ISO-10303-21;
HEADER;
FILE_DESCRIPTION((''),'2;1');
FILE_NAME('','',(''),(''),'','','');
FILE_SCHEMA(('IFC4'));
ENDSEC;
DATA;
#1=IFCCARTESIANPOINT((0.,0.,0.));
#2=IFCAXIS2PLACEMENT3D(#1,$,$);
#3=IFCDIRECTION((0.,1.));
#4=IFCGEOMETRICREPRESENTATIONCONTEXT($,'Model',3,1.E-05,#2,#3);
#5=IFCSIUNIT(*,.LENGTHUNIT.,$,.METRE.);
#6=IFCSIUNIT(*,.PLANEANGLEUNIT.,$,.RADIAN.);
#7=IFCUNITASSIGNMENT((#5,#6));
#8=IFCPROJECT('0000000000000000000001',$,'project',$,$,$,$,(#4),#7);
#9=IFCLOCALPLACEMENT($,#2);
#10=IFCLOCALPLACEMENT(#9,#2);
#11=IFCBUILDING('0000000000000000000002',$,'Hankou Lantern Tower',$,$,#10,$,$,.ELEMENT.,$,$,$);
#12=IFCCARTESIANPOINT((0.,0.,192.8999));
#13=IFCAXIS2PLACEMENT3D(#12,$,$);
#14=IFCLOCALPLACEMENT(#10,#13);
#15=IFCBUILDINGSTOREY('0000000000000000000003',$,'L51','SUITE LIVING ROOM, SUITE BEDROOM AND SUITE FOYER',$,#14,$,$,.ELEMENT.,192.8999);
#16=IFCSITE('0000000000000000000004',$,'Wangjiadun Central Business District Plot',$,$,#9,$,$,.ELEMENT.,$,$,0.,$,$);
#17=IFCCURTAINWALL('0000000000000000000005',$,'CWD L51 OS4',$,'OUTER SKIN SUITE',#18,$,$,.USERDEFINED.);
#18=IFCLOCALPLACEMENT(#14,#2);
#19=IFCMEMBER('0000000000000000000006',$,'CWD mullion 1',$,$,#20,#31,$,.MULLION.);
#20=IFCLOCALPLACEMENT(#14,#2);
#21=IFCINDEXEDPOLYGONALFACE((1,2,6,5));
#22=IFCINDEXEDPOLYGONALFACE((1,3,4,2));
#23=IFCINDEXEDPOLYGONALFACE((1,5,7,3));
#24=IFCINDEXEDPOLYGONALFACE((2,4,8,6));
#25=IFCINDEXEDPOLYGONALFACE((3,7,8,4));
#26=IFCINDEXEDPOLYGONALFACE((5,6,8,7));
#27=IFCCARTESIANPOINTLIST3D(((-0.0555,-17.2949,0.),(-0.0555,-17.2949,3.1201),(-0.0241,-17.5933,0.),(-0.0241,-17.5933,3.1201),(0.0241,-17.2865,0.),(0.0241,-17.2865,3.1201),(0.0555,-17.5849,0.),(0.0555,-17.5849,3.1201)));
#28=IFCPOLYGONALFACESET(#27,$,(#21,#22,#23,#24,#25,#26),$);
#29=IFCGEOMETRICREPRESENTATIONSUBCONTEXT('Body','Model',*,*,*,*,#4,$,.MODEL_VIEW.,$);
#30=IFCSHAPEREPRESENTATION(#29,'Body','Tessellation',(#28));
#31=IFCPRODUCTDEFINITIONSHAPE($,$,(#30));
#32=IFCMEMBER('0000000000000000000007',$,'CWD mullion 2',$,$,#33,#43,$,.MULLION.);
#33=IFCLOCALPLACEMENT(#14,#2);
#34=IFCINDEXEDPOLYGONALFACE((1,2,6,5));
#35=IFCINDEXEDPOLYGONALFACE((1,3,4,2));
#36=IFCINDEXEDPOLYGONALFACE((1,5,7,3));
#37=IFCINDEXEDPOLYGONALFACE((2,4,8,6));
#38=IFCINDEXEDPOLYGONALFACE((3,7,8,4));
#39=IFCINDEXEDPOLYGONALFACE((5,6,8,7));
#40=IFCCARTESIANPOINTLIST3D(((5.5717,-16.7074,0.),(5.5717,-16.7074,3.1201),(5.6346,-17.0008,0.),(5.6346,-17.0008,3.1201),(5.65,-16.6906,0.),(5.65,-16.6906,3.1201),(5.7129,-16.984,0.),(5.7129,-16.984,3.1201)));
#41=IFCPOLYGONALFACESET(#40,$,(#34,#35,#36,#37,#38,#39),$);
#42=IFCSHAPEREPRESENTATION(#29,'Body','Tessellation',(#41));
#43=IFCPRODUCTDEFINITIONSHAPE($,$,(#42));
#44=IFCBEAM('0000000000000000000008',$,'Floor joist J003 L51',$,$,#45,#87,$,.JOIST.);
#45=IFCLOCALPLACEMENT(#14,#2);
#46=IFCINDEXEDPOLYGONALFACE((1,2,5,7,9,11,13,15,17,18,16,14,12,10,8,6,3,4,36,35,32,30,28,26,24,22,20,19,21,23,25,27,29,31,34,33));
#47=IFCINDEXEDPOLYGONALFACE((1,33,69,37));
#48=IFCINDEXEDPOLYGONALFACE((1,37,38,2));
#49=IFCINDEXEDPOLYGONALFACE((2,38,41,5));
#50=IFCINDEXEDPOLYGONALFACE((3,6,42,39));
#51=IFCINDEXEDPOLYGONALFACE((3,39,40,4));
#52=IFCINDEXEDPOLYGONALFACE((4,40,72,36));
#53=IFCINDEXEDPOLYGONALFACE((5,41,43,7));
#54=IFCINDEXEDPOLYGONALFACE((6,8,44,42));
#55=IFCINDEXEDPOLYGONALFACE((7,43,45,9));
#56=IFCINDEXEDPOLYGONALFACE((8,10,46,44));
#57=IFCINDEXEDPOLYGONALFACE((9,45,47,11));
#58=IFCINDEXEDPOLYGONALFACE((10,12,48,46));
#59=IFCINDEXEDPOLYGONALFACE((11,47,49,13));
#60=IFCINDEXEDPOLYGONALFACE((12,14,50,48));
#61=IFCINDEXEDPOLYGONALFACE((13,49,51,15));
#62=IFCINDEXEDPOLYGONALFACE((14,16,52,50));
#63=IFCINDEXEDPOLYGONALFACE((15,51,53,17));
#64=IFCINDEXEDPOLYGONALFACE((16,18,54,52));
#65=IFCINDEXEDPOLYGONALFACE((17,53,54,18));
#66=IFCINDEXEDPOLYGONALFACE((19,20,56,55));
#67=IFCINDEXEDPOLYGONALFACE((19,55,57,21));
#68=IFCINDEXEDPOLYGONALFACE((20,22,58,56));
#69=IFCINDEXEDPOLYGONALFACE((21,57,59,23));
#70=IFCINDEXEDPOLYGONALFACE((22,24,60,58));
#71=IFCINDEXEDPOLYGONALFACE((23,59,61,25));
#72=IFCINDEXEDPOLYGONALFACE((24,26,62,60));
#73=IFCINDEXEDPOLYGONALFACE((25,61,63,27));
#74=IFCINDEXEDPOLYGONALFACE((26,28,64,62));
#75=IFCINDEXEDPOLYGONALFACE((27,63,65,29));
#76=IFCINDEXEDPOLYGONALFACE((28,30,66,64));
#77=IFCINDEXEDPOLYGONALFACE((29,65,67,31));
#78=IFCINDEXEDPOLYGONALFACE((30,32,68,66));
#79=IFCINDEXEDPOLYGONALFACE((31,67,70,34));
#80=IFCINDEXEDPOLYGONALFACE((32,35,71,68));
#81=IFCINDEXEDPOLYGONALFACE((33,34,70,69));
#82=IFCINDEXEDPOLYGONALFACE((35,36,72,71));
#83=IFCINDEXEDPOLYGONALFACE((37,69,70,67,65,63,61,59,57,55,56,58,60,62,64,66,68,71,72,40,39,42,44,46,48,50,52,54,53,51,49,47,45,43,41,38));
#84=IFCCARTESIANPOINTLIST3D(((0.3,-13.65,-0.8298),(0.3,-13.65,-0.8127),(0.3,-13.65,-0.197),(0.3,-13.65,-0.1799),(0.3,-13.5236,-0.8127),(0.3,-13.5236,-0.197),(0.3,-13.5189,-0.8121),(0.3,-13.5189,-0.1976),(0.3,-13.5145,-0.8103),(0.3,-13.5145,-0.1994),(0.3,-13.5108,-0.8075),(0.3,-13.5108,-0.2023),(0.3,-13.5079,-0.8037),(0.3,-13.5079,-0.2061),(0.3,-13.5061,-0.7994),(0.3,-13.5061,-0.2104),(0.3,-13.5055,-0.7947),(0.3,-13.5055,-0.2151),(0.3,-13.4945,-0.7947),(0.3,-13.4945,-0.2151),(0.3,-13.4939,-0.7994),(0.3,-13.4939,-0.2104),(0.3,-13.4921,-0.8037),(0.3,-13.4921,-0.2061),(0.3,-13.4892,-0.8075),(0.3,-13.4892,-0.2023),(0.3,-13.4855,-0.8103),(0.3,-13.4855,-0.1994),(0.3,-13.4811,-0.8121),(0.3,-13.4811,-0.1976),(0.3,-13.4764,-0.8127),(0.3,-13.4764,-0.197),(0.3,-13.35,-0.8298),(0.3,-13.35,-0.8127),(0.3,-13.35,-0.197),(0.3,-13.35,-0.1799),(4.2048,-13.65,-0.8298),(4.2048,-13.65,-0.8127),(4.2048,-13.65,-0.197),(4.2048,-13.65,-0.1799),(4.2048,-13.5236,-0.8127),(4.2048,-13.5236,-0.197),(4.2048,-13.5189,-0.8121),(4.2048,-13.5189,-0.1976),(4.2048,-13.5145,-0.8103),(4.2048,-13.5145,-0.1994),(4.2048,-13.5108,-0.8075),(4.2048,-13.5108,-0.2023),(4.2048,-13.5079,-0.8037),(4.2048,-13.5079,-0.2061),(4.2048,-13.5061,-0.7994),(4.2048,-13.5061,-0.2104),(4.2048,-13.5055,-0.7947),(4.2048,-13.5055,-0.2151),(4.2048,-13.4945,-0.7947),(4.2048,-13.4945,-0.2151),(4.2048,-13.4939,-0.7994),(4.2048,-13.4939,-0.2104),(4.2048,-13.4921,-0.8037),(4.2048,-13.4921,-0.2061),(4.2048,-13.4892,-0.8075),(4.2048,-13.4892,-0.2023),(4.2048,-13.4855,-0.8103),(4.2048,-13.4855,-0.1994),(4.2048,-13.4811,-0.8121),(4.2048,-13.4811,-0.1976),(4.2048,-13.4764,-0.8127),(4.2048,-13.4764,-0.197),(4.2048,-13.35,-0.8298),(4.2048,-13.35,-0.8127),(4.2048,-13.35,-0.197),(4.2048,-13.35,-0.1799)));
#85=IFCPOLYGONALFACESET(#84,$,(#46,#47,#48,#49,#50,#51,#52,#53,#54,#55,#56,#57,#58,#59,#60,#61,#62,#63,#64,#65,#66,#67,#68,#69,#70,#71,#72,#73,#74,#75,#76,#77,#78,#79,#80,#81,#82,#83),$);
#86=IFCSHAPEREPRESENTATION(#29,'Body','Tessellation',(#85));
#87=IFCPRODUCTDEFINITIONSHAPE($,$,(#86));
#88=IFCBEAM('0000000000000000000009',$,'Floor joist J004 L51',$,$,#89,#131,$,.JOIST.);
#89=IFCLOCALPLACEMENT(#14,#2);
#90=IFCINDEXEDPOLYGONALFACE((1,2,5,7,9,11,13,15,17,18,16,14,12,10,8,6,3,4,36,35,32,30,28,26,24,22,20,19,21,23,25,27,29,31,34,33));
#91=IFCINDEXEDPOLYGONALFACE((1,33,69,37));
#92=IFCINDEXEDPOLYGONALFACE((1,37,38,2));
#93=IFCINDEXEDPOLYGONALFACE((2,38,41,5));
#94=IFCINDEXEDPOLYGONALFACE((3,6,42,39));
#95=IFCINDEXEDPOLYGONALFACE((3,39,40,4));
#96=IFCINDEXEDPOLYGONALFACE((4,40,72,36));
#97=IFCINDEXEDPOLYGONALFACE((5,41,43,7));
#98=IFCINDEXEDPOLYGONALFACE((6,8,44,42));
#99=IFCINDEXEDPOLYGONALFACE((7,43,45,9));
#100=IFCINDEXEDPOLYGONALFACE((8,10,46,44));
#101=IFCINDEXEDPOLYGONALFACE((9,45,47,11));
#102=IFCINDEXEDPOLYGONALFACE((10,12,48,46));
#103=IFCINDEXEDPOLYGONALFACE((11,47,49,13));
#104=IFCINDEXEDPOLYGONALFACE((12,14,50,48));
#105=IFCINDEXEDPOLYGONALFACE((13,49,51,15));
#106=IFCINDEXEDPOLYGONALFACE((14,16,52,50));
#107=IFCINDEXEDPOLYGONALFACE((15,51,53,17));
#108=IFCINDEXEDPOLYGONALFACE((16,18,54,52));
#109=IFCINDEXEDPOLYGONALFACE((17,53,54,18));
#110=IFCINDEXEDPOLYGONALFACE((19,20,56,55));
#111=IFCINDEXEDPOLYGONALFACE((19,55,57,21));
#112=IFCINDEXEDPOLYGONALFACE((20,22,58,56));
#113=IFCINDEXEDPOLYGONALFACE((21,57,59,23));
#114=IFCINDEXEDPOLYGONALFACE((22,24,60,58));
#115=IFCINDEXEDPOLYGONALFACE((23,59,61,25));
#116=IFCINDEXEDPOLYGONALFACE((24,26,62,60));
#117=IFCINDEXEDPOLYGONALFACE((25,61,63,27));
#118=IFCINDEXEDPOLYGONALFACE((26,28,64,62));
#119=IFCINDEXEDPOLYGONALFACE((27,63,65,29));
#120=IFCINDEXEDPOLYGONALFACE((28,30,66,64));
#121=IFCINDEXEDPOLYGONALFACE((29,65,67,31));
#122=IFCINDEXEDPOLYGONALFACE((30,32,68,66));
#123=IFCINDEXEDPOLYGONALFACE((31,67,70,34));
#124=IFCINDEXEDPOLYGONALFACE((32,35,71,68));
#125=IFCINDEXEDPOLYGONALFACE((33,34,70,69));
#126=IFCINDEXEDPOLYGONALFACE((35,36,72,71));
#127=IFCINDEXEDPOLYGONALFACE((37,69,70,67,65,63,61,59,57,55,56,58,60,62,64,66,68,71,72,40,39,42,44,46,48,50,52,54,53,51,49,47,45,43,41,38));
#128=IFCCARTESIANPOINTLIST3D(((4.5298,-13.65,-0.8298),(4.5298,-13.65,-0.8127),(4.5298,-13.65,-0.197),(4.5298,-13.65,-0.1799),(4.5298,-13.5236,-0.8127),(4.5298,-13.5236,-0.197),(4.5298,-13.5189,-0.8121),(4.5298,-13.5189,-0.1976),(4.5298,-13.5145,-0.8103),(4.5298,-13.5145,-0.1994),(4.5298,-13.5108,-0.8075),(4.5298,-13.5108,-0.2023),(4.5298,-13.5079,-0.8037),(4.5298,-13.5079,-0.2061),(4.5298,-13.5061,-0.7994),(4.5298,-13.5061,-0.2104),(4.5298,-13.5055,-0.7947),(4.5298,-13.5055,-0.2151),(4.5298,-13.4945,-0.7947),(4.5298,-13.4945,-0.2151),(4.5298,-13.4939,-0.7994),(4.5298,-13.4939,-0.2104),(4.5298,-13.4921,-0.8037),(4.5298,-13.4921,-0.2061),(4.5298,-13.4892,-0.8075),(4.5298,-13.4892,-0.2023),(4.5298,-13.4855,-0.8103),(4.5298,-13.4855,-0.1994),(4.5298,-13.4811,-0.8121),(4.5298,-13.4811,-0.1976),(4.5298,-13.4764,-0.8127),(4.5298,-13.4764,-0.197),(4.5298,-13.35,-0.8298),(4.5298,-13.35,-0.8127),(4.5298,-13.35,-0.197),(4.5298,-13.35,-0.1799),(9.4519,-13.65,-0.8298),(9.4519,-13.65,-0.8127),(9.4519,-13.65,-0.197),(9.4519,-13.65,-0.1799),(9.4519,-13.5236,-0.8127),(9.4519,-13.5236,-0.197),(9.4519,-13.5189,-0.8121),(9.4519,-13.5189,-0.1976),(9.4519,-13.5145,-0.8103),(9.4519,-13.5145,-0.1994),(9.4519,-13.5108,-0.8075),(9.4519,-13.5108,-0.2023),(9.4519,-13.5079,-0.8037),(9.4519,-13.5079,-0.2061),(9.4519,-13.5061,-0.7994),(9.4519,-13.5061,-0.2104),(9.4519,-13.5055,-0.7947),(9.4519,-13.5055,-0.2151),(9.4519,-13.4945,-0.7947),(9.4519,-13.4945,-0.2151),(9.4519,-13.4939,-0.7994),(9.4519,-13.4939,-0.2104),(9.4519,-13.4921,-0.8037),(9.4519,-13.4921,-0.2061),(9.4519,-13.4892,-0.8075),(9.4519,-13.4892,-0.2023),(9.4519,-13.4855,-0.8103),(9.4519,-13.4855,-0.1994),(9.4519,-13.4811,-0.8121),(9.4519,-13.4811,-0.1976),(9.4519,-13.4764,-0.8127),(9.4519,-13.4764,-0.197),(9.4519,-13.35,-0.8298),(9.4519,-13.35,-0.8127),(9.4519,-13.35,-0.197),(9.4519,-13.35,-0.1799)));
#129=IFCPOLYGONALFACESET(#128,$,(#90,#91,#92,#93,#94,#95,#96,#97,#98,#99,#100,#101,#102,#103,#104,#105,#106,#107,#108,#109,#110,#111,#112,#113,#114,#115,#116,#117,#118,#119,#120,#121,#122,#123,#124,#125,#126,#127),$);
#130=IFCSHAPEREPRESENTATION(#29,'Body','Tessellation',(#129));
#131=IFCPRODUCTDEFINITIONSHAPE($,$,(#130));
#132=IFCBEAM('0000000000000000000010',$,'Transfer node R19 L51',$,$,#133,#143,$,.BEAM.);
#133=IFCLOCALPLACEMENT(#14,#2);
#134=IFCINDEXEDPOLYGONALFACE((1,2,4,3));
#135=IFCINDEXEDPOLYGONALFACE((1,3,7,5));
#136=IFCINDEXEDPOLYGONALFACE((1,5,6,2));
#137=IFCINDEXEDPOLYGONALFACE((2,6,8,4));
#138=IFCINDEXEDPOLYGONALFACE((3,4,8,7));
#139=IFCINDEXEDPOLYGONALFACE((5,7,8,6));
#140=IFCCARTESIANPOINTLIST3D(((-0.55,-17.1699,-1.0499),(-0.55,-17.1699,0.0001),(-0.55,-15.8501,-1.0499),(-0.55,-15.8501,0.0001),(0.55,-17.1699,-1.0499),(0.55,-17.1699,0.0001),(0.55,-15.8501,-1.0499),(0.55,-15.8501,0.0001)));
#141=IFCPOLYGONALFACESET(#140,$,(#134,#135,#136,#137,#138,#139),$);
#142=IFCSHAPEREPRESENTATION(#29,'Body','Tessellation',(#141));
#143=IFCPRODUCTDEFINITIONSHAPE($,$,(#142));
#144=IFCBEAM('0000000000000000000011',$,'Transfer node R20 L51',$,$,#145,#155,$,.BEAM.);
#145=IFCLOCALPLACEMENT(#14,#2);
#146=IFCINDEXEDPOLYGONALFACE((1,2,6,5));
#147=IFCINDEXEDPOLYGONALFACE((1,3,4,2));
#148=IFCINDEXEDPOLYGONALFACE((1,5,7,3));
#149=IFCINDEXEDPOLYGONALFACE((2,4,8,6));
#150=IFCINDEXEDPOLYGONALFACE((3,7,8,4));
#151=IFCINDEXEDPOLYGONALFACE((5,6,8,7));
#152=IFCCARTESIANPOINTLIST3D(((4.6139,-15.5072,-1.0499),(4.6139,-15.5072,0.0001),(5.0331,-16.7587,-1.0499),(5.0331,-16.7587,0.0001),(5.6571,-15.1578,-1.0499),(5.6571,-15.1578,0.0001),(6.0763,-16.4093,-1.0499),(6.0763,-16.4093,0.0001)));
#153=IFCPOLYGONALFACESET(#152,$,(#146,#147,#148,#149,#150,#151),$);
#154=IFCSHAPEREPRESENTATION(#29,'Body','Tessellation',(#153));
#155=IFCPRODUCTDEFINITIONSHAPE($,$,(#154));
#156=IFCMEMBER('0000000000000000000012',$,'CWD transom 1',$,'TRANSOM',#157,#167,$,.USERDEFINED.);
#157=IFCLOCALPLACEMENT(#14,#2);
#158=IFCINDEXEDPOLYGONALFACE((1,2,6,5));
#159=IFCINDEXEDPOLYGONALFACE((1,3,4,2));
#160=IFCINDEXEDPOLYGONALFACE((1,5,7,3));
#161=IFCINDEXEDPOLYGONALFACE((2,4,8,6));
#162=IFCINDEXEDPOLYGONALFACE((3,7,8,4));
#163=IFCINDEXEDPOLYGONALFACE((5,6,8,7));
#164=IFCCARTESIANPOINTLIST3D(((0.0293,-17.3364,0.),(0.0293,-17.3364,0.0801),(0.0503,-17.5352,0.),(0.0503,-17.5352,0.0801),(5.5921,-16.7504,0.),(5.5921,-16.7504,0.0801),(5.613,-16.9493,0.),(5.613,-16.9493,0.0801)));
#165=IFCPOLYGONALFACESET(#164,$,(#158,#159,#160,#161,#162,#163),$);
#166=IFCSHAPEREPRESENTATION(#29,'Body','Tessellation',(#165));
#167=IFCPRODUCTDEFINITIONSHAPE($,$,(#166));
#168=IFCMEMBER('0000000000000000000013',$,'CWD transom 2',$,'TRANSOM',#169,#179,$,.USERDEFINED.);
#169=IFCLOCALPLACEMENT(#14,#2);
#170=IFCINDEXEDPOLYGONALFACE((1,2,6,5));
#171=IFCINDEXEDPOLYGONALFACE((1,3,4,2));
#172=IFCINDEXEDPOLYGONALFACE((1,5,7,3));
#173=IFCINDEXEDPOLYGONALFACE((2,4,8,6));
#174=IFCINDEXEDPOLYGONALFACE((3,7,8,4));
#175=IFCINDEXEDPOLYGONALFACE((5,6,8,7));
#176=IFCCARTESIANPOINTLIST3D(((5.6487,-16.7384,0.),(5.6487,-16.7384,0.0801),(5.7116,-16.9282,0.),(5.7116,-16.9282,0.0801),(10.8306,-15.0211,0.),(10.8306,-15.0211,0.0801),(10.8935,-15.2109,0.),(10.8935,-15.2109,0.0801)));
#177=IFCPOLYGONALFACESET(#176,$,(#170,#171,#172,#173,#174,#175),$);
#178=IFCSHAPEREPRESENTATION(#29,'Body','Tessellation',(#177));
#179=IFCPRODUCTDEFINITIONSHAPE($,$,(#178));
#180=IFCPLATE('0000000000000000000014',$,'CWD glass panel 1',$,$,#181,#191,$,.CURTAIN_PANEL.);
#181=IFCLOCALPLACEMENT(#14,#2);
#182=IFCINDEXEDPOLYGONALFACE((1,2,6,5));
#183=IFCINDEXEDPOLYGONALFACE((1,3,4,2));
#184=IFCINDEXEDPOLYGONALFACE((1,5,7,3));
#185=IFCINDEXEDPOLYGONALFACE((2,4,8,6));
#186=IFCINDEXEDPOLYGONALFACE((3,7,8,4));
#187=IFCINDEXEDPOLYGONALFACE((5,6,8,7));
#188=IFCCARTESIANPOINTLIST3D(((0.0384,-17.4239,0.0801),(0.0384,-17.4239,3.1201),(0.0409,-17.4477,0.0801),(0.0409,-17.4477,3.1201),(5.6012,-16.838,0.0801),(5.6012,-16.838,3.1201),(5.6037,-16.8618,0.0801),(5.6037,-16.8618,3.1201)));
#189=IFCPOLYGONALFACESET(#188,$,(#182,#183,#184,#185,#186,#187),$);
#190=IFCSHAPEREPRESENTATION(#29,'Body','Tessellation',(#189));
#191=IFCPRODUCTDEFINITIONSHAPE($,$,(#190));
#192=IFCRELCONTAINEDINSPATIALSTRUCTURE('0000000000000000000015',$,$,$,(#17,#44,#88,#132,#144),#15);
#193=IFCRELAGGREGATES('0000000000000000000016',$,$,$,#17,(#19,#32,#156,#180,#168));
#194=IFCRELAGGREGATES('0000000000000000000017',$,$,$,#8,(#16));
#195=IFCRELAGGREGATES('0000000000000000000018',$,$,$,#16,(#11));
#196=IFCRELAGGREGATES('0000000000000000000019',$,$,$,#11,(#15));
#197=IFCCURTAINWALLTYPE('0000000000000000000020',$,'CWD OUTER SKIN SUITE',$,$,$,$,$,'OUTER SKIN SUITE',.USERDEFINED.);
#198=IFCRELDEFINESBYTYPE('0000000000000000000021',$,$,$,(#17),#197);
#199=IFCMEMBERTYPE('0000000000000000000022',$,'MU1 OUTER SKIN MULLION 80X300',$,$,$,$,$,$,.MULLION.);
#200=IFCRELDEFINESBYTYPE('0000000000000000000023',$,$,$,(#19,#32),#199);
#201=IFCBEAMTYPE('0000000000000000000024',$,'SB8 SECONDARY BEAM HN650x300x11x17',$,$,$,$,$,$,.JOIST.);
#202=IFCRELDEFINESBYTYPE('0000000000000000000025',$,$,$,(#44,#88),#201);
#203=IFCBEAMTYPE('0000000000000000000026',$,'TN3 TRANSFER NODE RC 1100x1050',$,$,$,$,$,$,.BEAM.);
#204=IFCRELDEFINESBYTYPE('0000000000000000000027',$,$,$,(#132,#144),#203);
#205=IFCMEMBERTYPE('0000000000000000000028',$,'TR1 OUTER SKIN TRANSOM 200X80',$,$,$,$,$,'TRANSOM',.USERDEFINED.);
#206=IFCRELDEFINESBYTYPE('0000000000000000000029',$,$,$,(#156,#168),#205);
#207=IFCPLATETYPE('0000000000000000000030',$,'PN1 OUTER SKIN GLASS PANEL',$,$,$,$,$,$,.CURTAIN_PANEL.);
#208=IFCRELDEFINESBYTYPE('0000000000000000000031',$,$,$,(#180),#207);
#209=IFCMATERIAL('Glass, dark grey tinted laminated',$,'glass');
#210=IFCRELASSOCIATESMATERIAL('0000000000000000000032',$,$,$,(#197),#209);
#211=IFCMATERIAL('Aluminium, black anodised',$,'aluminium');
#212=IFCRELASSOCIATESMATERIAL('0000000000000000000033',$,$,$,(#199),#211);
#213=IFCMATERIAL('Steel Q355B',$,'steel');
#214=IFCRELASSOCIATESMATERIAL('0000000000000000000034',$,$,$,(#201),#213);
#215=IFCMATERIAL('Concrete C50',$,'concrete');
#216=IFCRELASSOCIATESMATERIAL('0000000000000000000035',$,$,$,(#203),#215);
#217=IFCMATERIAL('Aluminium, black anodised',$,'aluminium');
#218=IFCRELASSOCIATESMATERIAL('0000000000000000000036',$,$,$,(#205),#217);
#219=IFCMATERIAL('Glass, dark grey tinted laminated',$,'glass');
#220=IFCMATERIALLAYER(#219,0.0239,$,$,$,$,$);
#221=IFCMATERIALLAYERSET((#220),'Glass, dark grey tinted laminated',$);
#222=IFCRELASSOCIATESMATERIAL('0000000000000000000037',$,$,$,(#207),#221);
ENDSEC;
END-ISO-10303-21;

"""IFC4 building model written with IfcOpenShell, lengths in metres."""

from ifc_helpers import new_model, si_unit, direction, frame, origin, origin_2d, place, context, subcontext, project, spatial, rectangle, i_section, extrude, material, layer, layer_set, material_profile, profile_set, type_object, element, aggregate, save


model = new_model("IFC4")

# Units and contexts
model_context = context("Model", 3, precision=1e-05, world=origin(), true_north=direction((0.0, 1.0)))
body_context = subcontext(model_context, "Body", "Model", "MODEL_VIEW")
ifc_project = project(units=[si_unit("LENGTHUNIT", "METRE"), si_unit("PLANEANGLEUNIT", "RADIAN")], contexts=[model_context])

# Site, building, storey
site_placement = place(None, origin())
site = spatial("IfcSite", under=ifc_project, at=site_placement, Name="Wangjiadun Central Business District Plot", CompositionType="ELEMENT", RefElevation=0.0)
building_placement = place(site_placement, origin())
building = spatial("IfcBuilding", under=site, at=building_placement, Name="Hankou Lantern Tower", CompositionType="ELEMENT")
storey_placement = place(building_placement, frame((0.0, 0.0, 192.8999)))
storey = spatial("IfcBuildingStorey", under=building, at=storey_placement, Name="L51", Description="SUITE LIVING ROOM, SUITE BEDROOM AND SUITE FOYER", CompositionType="ELEMENT", Elevation=192.8999)

# Curtain wall, members
ifc_material_1 = material(Name="Glass, dark grey tinted laminated", Category="glass")
curtain_wall_type = type_object("IfcCurtainWallType", Name="CWD OUTER SKIN SUITE", ElementType="OUTER SKIN SUITE", PredefinedType="USERDEFINED", material=ifc_material_1)
curtain_wall_placement = place(storey_placement, origin())
curtain_wall = element("IfcCurtainWall", 1, at=curtain_wall_placement, inside=storey, type_object=curtain_wall_type, Name="CWD L51 OS4", ObjectType="OUTER SKIN SUITE", PredefinedType="USERDEFINED")
ifc_material_2 = material(Name="Aluminium, black anodised", Category="aluminium")
ifc_material_profile_1 = material_profile(ifc_material_2, rectangle(XDim=0.0801, YDim=0.3, at=origin_2d()), Name="MU1 80X300")
ifc_profile_set_1 = profile_set([ifc_material_profile_1], Name="Aluminium, black anodised")
member_type_1 = type_object("IfcMemberType", Name="MU1 OUTER SKIN MULLION 80X300", PredefinedType="MULLION", material=ifc_profile_set_1)
member_1_placement = place(storey_placement, frame((0.0, -17.4399, 0.0), z_axis=(0.0, 0.0, 1.0), x_axis=(0.994499, 0.104743, 0.0)))
member_1 = element("IfcMember", 2, at=member_1_placement, type_object=member_type_1, Name="CWD mullion 1", PredefinedType="MULLION", context=body_context, shape_type="SweptSolid", body=[
    extrude(rectangle(XDim=0.0801, YDim=0.3, at=origin_2d()), origin(), (0.0, 0.0, 1.0), 3.1201),
])
member_2_placement = place(storey_placement, frame((5.6423, -16.8457, 0.0), z_axis=(0.0, 0.0, 1.0), x_axis=(0.977788, 0.209598, 0.0)))
member_2 = element("IfcMember", 3, at=member_2_placement, type_object=member_type_1, Name="CWD mullion 2", PredefinedType="MULLION", context=body_context, shape_type="SweptSolid", body=[
    extrude(rectangle(XDim=0.0801, YDim=0.3, at=origin_2d()), origin(), (0.0, 0.0, 1.0), 3.1201),
])

# Beams
ifc_material_3 = material(Name="Steel Q355B", Category="steel")
ifc_material_profile_2 = material_profile(ifc_material_3, i_section(OverallWidth=0.3, OverallDepth=0.6499, WebThickness=0.011, FlangeThickness=0.0171, FilletRadius=0.0181, at=origin_2d()), Name="HN650x300x11x17")
ifc_profile_set_2 = profile_set([ifc_material_profile_2], Name="Steel Q355B")
beam_type_1 = type_object("IfcBeamType", Name="SB8 SECONDARY BEAM HN650x300x11x17", PredefinedType="JOIST", material=ifc_profile_set_2)
beam_1_placement = place(storey_placement, frame((0.3, -13.5, -0.5049), z_axis=(1.0, 0.0, 0.0), x_axis=(0.0, 1.0, 0.0)))
element("IfcBeam", 4, at=beam_1_placement, inside=storey, type_object=beam_type_1, Name="Floor joist J003 L51", PredefinedType="JOIST", context=body_context, shape_type="SweptSolid", body=[
    extrude(i_section(OverallWidth=0.3, OverallDepth=0.6499, WebThickness=0.011, FlangeThickness=0.0171, FilletRadius=0.0181, at=origin_2d()), origin(), (0.0, 0.0, 1.0), 3.9048),
])
beam_2_placement = place(storey_placement, frame((4.5298, -13.5, -0.5049), z_axis=(1.0, 0.0, 0.0), x_axis=(0.0, 1.0, 0.0)))
element("IfcBeam", 5, at=beam_2_placement, inside=storey, type_object=beam_type_1, Name="Floor joist J004 L51", PredefinedType="JOIST", context=body_context, shape_type="SweptSolid", body=[
    extrude(i_section(OverallWidth=0.3, OverallDepth=0.6499, WebThickness=0.011, FlangeThickness=0.0171, FilletRadius=0.0181, at=origin_2d()), origin(), (0.0, 0.0, 1.0), 4.9221),
])
ifc_material_4 = material(Name="Concrete C50", Category="concrete")
ifc_material_profile_3 = material_profile(ifc_material_4, rectangle(XDim=1.1001, YDim=1.05, at=origin_2d()), Name="RC 1100x1050")
ifc_profile_set_3 = profile_set([ifc_material_profile_3], Name="Concrete C50")
beam_type_2 = type_object("IfcBeamType", Name="TN3 TRANSFER NODE RC 1100x1050", PredefinedType="BEAM", material=ifc_profile_set_3)
for number, where, z_axis, x_axis, name in (
    (6, (0.0, -17.1699, -0.5249), (0.0, 1.0, 0.0), (-1.0, 0.0, 0.0), "Transfer node R19 L51"),
    (7, (5.5547, -16.584, -0.5249), (-0.317615, 0.94822, 0.0), (-0.94822, -0.317615, 0.0), "Transfer node R20 L51"),
):
    element("IfcBeam", number, at=place(storey_placement, frame(where, z_axis=z_axis, x_axis=x_axis)), inside=storey, type_object=beam_type_2, Name=name, PredefinedType="BEAM", context=body_context, shape_type="SweptSolid", body=[
        extrude(rectangle(XDim=1.1001, YDim=1.05, at=origin_2d()), origin(), (0.0, 0.0, 1.0), 1.3198),
    ])

# Members
ifc_material_5 = material(Name="Aluminium, black anodised", Category="aluminium")
ifc_material_profile_4 = material_profile(ifc_material_5, rectangle(XDim=0.2, YDim=0.0801, at=origin_2d()), Name="TR1 200X80")
ifc_profile_set_4 = profile_set([ifc_material_profile_4], Name="Aluminium, black anodised")
member_type_2 = type_object("IfcMemberType", Name="TR1 OUTER SKIN TRANSOM 200X80", ElementType="TRANSOM", PredefinedType="USERDEFINED", material=ifc_profile_set_4)
member_3_placement = place(storey_placement, frame((0.0398, -17.4358, 0.04), z_axis=(0.994498, 0.104753, 0.0), x_axis=(-0.104753, 0.994498, 0.0)))
member_3 = element("IfcMember", 8, at=member_3_placement, type_object=member_type_2, Name="CWD transom 1", ObjectType="TRANSOM", PredefinedType="USERDEFINED", context=body_context, shape_type="SweptSolid", body=[
    extrude(rectangle(XDim=0.2, YDim=0.0801, at=origin_2d()), origin(), (0.0, 0.0, 1.0), 5.5935),
])
member_4_placement = place(storey_placement, frame((5.6802, -16.8333, 0.04), z_axis=(0.949232, 0.314577, 0.0), x_axis=(-0.314577, 0.949232, 0.0)))
member_4 = element("IfcMember", 9, at=member_4_placement, type_object=member_type_2, Name="CWD transom 2", ObjectType="TRANSOM", PredefinedType="USERDEFINED", context=body_context, shape_type="SweptSolid", body=[
    extrude(rectangle(XDim=0.2, YDim=0.0801, at=origin_2d()), origin(), (0.0, 0.0, 1.0), 5.459),
])

# Plate
ifc_material_6 = material(Name="Glass, dark grey tinted laminated", Category="glass")
ifc_layer_1 = layer(ifc_material_6, 0.0239)
ifc_layer_set_1 = layer_set([ifc_layer_1], Name="Glass, dark grey tinted laminated")
plate_type = type_object("IfcPlateType", Name="PN1 OUTER SKIN GLASS PANEL", PredefinedType="CURTAIN_PANEL", material=ifc_layer_set_1)
plate_1_placement = place(storey_placement, frame((2.821, -17.1428, 0.0801), z_axis=(0.0, 0.0, 1.0), x_axis=(0.994499, 0.104743, 0.0)))
plate_1 = element("IfcPlate", 10, at=plate_1_placement, type_object=plate_type, Name="CWD glass panel 1", PredefinedType="CURTAIN_PANEL", context=body_context, shape_type="SweptSolid", body=[
    extrude(rectangle(XDim=5.5935, YDim=0.0239, at=origin_2d()), origin(), (0.0, 0.0, 1.0), 3.04),
])
aggregate(curtain_wall, [member_1, member_2, member_3, plate_1, member_4])

save(model, "model.ifc")
